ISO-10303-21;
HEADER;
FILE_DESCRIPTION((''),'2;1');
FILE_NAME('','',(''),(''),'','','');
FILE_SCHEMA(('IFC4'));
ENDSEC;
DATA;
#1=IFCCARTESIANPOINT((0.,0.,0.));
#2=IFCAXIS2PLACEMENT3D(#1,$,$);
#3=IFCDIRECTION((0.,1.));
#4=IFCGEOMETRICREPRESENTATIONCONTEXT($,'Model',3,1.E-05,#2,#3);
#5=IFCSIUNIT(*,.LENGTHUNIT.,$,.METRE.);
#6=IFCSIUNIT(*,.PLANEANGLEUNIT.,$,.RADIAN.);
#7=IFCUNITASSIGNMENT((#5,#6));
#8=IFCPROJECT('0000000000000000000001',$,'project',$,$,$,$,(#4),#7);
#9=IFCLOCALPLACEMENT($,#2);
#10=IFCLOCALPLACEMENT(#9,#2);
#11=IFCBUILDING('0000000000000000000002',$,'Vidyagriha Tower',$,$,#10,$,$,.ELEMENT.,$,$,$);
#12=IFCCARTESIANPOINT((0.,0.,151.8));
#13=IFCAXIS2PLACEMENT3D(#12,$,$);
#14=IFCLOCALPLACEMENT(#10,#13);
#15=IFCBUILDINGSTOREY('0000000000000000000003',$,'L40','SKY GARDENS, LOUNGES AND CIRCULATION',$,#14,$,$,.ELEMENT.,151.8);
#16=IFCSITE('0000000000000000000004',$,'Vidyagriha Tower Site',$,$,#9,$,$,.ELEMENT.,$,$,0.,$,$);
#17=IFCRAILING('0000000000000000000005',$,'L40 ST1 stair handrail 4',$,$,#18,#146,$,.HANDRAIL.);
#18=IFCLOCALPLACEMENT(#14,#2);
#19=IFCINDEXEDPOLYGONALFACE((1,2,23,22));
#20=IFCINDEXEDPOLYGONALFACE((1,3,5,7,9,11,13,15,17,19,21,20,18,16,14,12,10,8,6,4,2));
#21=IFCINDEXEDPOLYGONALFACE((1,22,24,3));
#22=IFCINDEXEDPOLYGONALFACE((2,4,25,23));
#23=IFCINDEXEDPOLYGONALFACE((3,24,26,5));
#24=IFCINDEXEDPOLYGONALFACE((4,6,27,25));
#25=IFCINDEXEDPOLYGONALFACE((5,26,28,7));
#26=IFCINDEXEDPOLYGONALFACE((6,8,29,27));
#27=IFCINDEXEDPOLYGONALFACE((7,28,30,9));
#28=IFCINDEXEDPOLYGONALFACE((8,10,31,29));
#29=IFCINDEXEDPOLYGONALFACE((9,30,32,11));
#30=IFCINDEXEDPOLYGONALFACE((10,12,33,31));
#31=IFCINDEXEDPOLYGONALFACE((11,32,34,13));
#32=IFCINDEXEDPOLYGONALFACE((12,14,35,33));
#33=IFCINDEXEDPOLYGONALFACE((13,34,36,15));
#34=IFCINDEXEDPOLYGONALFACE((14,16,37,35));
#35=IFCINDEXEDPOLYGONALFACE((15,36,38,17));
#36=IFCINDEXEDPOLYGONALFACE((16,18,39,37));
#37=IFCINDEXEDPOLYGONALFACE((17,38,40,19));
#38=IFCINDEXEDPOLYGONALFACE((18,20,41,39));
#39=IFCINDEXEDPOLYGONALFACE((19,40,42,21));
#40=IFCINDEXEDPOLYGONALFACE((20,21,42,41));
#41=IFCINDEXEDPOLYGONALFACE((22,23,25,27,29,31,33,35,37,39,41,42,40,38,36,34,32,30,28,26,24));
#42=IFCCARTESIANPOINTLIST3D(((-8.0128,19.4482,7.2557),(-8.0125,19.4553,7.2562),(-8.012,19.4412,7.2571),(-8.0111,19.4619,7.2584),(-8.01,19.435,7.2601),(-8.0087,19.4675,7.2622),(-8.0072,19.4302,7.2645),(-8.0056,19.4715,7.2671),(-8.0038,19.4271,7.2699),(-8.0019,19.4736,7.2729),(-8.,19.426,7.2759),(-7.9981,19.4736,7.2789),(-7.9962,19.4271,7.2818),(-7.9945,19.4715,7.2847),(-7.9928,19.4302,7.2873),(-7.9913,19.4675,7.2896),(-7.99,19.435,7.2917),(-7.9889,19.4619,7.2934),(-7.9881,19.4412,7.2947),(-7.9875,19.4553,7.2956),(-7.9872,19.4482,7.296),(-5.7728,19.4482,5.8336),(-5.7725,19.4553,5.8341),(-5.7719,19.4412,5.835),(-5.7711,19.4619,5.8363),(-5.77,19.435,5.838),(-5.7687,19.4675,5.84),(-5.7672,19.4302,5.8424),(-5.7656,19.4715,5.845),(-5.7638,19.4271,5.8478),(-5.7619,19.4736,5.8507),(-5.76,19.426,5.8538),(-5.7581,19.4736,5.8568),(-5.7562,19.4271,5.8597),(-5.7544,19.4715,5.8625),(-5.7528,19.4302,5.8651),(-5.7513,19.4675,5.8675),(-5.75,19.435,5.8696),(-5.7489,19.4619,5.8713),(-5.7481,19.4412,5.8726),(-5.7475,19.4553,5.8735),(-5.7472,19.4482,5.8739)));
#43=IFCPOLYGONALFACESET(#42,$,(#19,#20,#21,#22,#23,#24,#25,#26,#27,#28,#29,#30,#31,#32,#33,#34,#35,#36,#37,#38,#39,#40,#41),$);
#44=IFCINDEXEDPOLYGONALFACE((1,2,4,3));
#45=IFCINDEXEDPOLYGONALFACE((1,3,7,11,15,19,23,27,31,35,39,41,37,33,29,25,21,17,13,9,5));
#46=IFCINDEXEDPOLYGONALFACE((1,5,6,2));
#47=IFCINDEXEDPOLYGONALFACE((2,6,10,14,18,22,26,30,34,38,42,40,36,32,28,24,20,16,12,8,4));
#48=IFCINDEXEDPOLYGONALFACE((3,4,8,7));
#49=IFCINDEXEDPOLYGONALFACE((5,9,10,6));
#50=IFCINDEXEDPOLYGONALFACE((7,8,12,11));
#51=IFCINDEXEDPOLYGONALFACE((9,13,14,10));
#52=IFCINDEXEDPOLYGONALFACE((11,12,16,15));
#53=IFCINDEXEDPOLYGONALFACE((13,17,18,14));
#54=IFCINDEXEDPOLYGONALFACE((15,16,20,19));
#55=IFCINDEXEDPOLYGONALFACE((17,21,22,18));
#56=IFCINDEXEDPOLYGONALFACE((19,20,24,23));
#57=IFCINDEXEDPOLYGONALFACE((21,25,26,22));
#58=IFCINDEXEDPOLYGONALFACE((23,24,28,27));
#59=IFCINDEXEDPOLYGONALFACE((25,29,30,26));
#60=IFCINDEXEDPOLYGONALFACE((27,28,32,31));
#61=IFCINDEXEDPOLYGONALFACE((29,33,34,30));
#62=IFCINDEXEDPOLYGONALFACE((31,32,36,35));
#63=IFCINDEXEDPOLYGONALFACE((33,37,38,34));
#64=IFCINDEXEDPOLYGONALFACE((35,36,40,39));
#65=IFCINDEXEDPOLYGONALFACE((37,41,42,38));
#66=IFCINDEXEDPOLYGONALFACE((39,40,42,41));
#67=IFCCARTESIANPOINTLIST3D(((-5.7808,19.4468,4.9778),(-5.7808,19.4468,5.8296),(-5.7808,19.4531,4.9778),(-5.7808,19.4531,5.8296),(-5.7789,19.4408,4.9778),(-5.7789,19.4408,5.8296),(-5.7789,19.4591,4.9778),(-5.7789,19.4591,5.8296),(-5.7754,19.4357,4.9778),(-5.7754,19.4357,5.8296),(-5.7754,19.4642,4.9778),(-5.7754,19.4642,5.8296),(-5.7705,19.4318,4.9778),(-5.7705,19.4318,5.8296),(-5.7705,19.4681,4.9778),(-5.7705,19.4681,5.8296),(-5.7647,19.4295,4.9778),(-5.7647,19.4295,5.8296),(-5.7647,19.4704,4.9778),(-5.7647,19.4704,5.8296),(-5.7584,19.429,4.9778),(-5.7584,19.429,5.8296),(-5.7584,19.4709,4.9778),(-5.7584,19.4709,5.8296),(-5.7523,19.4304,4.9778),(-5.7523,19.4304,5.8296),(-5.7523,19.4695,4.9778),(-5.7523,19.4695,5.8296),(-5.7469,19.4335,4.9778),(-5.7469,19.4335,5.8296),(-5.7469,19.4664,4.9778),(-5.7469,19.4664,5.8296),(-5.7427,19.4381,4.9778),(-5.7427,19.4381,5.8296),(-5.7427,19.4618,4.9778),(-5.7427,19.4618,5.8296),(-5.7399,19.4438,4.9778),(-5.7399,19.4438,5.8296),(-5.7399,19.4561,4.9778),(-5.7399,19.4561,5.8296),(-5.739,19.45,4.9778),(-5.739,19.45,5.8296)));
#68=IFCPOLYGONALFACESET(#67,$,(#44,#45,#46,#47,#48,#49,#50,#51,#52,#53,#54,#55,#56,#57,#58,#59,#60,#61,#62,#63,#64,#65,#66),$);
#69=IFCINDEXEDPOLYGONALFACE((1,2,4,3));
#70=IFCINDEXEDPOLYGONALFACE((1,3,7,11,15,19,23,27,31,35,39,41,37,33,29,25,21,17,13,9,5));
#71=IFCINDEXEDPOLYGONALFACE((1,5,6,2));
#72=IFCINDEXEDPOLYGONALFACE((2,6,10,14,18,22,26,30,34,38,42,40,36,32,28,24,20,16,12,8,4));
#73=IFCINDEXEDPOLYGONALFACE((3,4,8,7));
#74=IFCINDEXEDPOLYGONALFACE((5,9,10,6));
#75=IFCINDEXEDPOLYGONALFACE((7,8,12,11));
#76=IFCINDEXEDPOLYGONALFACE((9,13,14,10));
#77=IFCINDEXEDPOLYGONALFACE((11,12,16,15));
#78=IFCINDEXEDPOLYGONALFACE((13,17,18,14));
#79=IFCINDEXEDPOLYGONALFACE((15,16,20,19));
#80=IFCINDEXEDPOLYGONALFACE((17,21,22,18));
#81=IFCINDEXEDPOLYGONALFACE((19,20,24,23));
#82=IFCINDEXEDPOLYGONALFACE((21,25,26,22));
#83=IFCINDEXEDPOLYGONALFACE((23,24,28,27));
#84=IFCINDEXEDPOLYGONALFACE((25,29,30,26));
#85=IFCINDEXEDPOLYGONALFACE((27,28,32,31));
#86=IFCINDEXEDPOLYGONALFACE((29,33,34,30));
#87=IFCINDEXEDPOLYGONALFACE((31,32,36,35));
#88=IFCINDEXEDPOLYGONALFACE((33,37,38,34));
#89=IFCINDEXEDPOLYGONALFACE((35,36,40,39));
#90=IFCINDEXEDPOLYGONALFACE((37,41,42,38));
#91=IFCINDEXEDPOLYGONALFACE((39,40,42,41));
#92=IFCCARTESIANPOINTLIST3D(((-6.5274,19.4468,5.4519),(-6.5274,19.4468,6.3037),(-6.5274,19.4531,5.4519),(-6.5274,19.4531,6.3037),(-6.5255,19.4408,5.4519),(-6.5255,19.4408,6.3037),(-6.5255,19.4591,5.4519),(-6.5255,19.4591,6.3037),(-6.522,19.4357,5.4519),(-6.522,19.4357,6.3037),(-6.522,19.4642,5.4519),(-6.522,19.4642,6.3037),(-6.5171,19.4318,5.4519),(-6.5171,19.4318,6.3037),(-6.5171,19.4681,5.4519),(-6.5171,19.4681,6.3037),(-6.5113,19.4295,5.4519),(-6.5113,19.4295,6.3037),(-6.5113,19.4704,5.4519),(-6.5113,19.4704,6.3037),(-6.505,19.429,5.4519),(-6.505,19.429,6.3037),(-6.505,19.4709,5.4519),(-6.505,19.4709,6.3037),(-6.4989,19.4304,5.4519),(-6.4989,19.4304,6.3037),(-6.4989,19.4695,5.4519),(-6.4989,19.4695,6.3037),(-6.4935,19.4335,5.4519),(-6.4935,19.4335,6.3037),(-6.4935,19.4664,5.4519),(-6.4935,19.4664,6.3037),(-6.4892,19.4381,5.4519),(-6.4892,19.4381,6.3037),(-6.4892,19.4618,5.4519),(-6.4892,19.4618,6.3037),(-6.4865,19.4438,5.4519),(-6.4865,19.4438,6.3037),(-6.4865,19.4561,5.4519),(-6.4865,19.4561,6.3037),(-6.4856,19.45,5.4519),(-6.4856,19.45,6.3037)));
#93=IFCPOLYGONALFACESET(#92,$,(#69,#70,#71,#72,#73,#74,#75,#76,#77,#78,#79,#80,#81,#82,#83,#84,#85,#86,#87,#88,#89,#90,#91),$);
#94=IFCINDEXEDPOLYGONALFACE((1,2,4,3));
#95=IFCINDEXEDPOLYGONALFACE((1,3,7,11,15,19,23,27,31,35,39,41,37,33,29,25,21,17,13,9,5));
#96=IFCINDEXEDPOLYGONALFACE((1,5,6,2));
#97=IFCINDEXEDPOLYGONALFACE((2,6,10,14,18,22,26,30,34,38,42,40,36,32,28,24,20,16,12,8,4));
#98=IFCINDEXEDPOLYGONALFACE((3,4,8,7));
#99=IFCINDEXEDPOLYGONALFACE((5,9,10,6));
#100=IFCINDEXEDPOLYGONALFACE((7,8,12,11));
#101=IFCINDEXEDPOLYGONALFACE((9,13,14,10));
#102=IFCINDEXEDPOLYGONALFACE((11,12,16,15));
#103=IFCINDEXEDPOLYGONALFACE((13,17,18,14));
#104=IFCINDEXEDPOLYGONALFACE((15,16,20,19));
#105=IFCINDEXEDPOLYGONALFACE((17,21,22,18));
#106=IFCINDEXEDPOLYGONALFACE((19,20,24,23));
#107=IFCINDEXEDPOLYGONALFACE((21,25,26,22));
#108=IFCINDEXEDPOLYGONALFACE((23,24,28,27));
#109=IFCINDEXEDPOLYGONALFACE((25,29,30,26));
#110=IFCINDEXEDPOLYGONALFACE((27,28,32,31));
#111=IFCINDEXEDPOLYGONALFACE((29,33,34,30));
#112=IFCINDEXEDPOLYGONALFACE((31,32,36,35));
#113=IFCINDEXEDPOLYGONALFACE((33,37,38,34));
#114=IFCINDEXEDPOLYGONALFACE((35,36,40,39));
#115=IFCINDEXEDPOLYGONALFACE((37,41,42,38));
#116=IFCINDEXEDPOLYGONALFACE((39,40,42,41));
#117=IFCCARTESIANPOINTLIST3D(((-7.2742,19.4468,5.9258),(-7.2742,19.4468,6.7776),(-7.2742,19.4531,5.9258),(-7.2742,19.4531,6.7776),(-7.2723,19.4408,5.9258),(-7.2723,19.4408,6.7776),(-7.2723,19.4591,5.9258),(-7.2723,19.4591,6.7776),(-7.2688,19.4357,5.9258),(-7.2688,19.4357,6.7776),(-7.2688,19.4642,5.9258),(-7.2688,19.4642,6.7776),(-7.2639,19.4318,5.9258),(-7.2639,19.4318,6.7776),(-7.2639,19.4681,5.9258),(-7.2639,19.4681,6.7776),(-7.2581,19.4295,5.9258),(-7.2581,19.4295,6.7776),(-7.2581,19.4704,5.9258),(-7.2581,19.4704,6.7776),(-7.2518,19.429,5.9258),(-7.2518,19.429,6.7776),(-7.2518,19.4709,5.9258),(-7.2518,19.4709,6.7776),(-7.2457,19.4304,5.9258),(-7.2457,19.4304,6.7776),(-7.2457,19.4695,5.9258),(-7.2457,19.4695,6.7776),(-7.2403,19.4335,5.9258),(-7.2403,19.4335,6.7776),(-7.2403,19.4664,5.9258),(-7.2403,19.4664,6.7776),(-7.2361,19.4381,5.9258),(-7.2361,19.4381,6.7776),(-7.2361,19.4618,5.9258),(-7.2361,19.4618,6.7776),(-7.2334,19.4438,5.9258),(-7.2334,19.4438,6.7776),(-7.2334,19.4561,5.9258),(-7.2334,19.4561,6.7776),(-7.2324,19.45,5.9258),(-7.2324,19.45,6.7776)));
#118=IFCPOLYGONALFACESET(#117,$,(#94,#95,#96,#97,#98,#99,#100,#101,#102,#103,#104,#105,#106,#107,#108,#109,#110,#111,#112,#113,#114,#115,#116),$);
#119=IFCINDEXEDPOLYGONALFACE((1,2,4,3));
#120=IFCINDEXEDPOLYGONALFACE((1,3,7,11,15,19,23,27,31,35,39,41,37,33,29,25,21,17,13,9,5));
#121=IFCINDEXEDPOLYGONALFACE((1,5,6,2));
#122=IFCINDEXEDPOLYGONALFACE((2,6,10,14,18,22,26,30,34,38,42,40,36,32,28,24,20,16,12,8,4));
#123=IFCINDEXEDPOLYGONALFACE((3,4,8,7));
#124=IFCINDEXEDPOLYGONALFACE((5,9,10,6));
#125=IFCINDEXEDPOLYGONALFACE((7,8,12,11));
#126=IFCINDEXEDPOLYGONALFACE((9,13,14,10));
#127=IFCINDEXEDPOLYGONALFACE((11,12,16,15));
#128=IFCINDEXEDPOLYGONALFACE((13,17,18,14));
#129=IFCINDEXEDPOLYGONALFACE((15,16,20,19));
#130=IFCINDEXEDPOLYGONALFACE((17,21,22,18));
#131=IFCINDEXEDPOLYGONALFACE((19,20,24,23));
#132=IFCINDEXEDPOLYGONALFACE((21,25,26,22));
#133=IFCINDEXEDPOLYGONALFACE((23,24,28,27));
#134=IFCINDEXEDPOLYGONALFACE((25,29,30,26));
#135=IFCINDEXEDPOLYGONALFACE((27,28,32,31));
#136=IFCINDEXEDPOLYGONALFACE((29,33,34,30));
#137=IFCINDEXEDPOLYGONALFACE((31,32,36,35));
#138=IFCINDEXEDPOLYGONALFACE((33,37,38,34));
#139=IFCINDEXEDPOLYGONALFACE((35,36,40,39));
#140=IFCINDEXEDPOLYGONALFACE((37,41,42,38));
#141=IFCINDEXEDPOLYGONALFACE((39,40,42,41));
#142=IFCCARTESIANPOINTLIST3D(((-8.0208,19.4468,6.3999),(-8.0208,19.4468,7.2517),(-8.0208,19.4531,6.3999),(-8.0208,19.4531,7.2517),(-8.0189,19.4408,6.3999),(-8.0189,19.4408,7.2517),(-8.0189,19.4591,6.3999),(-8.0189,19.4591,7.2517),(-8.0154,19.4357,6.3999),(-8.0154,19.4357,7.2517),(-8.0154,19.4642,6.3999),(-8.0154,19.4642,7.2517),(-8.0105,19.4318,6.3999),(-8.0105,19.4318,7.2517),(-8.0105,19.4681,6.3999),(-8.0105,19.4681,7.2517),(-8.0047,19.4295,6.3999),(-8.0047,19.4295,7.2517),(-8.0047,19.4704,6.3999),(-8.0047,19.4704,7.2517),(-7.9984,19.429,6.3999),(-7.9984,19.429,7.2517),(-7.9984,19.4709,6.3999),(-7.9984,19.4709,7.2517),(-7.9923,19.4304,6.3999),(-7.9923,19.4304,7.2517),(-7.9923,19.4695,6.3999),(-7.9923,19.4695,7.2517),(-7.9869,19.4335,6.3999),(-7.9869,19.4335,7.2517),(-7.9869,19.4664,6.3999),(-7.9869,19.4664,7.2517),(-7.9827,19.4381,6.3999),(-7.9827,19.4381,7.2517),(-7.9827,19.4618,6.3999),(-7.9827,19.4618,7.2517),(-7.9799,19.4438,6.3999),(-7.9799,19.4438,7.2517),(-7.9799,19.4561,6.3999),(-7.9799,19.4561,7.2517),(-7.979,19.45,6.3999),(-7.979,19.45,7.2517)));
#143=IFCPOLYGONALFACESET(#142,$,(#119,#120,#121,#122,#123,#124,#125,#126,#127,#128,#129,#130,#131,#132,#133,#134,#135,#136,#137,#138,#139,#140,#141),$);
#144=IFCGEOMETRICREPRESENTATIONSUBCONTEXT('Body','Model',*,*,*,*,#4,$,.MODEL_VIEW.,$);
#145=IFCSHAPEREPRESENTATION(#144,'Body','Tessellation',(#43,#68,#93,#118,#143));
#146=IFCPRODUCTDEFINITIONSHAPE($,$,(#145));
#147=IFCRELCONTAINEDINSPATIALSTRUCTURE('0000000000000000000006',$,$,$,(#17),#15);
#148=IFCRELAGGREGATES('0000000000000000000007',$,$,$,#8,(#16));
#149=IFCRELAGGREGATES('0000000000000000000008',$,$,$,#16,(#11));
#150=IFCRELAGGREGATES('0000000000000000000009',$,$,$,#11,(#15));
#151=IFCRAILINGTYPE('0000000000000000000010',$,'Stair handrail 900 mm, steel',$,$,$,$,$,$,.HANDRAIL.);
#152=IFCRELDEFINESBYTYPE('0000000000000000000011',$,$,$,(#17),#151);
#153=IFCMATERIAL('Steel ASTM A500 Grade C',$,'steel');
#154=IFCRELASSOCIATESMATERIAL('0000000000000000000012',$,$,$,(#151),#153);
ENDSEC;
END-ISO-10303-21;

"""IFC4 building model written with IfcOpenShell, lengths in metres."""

from ifc_helpers import new_model, si_unit, direction, frame, origin, origin_2d, place, context, subcontext, project, spatial, circle, extrude, material, type_object, element, save


model = new_model("IFC4")

# Units and contexts
model_context = context("Model", 3, precision=1e-05, world=origin(), true_north=direction((0.0, 1.0)))
body_context = subcontext(model_context, "Body", "Model", "MODEL_VIEW")
ifc_project = project(units=[si_unit("LENGTHUNIT", "METRE"), si_unit("PLANEANGLEUNIT", "RADIAN")], contexts=[model_context])

# Site, building, storey
site_placement = place(None, origin())
site = spatial("IfcSite", under=ifc_project, at=site_placement, Name="Vidyagriha Tower Site", CompositionType="ELEMENT", RefElevation=0.0)
building_placement = place(site_placement, origin())
building = spatial("IfcBuilding", under=site, at=building_placement, Name="Vidyagriha Tower", CompositionType="ELEMENT")
storey_placement = place(building_placement, frame((0.0, 0.0, 151.8)))
storey = spatial("IfcBuildingStorey", under=building, at=storey_placement, Name="L40", Description="SKY GARDENS, LOUNGES AND CIRCULATION", CompositionType="ELEMENT", Elevation=151.8)

# Railing
ifc_material_1 = material(Name="Steel ASTM A500 Grade C", Category="steel")
railing_type_1 = type_object("IfcRailingType", Name="Stair handrail 900 mm, steel", PredefinedType="HANDRAIL", material=ifc_material_1)
for number, where, name in (
    (1, (-5.76, 19.45, 4.9778), "L40 ST1 stair handrail 4"),
):
    element("IfcRailing", number, at=place(storey_placement, frame(where)), inside=storey, type_object=railing_type_1, Name=name, PredefinedType="HANDRAIL", context=body_context, shape_type="SweptSolid", body=[
        extrude(circle(Radius=0.0239, at=origin_2d()), frame((0.0, 0.0, 0.876), z_axis=(-0.844229, 0.0, 0.535982), x_axis=(0.0, -1.0, 0.0)), (0.0, 0.0, 1.0), 2.6533),
        extrude(circle(Radius=0.021, at=origin_2d()), origin(), (0.0, 0.0, 1.0), 0.8518),
        extrude(circle(Radius=0.021, at=origin_2d()), frame((-0.7466, 0.0, 0.4741)), (0.0, 0.0, 1.0), 0.8518),
        extrude(circle(Radius=0.021, at=origin_2d()), frame((-1.4934, 0.0, 0.948)), (0.0, 0.0, 1.0), 0.8518),
        extrude(circle(Radius=0.021, at=origin_2d()), frame((-2.24, 0.0, 1.4221)), (0.0, 0.0, 1.0), 0.8518),
    ])

save(model, "model.ifc")
